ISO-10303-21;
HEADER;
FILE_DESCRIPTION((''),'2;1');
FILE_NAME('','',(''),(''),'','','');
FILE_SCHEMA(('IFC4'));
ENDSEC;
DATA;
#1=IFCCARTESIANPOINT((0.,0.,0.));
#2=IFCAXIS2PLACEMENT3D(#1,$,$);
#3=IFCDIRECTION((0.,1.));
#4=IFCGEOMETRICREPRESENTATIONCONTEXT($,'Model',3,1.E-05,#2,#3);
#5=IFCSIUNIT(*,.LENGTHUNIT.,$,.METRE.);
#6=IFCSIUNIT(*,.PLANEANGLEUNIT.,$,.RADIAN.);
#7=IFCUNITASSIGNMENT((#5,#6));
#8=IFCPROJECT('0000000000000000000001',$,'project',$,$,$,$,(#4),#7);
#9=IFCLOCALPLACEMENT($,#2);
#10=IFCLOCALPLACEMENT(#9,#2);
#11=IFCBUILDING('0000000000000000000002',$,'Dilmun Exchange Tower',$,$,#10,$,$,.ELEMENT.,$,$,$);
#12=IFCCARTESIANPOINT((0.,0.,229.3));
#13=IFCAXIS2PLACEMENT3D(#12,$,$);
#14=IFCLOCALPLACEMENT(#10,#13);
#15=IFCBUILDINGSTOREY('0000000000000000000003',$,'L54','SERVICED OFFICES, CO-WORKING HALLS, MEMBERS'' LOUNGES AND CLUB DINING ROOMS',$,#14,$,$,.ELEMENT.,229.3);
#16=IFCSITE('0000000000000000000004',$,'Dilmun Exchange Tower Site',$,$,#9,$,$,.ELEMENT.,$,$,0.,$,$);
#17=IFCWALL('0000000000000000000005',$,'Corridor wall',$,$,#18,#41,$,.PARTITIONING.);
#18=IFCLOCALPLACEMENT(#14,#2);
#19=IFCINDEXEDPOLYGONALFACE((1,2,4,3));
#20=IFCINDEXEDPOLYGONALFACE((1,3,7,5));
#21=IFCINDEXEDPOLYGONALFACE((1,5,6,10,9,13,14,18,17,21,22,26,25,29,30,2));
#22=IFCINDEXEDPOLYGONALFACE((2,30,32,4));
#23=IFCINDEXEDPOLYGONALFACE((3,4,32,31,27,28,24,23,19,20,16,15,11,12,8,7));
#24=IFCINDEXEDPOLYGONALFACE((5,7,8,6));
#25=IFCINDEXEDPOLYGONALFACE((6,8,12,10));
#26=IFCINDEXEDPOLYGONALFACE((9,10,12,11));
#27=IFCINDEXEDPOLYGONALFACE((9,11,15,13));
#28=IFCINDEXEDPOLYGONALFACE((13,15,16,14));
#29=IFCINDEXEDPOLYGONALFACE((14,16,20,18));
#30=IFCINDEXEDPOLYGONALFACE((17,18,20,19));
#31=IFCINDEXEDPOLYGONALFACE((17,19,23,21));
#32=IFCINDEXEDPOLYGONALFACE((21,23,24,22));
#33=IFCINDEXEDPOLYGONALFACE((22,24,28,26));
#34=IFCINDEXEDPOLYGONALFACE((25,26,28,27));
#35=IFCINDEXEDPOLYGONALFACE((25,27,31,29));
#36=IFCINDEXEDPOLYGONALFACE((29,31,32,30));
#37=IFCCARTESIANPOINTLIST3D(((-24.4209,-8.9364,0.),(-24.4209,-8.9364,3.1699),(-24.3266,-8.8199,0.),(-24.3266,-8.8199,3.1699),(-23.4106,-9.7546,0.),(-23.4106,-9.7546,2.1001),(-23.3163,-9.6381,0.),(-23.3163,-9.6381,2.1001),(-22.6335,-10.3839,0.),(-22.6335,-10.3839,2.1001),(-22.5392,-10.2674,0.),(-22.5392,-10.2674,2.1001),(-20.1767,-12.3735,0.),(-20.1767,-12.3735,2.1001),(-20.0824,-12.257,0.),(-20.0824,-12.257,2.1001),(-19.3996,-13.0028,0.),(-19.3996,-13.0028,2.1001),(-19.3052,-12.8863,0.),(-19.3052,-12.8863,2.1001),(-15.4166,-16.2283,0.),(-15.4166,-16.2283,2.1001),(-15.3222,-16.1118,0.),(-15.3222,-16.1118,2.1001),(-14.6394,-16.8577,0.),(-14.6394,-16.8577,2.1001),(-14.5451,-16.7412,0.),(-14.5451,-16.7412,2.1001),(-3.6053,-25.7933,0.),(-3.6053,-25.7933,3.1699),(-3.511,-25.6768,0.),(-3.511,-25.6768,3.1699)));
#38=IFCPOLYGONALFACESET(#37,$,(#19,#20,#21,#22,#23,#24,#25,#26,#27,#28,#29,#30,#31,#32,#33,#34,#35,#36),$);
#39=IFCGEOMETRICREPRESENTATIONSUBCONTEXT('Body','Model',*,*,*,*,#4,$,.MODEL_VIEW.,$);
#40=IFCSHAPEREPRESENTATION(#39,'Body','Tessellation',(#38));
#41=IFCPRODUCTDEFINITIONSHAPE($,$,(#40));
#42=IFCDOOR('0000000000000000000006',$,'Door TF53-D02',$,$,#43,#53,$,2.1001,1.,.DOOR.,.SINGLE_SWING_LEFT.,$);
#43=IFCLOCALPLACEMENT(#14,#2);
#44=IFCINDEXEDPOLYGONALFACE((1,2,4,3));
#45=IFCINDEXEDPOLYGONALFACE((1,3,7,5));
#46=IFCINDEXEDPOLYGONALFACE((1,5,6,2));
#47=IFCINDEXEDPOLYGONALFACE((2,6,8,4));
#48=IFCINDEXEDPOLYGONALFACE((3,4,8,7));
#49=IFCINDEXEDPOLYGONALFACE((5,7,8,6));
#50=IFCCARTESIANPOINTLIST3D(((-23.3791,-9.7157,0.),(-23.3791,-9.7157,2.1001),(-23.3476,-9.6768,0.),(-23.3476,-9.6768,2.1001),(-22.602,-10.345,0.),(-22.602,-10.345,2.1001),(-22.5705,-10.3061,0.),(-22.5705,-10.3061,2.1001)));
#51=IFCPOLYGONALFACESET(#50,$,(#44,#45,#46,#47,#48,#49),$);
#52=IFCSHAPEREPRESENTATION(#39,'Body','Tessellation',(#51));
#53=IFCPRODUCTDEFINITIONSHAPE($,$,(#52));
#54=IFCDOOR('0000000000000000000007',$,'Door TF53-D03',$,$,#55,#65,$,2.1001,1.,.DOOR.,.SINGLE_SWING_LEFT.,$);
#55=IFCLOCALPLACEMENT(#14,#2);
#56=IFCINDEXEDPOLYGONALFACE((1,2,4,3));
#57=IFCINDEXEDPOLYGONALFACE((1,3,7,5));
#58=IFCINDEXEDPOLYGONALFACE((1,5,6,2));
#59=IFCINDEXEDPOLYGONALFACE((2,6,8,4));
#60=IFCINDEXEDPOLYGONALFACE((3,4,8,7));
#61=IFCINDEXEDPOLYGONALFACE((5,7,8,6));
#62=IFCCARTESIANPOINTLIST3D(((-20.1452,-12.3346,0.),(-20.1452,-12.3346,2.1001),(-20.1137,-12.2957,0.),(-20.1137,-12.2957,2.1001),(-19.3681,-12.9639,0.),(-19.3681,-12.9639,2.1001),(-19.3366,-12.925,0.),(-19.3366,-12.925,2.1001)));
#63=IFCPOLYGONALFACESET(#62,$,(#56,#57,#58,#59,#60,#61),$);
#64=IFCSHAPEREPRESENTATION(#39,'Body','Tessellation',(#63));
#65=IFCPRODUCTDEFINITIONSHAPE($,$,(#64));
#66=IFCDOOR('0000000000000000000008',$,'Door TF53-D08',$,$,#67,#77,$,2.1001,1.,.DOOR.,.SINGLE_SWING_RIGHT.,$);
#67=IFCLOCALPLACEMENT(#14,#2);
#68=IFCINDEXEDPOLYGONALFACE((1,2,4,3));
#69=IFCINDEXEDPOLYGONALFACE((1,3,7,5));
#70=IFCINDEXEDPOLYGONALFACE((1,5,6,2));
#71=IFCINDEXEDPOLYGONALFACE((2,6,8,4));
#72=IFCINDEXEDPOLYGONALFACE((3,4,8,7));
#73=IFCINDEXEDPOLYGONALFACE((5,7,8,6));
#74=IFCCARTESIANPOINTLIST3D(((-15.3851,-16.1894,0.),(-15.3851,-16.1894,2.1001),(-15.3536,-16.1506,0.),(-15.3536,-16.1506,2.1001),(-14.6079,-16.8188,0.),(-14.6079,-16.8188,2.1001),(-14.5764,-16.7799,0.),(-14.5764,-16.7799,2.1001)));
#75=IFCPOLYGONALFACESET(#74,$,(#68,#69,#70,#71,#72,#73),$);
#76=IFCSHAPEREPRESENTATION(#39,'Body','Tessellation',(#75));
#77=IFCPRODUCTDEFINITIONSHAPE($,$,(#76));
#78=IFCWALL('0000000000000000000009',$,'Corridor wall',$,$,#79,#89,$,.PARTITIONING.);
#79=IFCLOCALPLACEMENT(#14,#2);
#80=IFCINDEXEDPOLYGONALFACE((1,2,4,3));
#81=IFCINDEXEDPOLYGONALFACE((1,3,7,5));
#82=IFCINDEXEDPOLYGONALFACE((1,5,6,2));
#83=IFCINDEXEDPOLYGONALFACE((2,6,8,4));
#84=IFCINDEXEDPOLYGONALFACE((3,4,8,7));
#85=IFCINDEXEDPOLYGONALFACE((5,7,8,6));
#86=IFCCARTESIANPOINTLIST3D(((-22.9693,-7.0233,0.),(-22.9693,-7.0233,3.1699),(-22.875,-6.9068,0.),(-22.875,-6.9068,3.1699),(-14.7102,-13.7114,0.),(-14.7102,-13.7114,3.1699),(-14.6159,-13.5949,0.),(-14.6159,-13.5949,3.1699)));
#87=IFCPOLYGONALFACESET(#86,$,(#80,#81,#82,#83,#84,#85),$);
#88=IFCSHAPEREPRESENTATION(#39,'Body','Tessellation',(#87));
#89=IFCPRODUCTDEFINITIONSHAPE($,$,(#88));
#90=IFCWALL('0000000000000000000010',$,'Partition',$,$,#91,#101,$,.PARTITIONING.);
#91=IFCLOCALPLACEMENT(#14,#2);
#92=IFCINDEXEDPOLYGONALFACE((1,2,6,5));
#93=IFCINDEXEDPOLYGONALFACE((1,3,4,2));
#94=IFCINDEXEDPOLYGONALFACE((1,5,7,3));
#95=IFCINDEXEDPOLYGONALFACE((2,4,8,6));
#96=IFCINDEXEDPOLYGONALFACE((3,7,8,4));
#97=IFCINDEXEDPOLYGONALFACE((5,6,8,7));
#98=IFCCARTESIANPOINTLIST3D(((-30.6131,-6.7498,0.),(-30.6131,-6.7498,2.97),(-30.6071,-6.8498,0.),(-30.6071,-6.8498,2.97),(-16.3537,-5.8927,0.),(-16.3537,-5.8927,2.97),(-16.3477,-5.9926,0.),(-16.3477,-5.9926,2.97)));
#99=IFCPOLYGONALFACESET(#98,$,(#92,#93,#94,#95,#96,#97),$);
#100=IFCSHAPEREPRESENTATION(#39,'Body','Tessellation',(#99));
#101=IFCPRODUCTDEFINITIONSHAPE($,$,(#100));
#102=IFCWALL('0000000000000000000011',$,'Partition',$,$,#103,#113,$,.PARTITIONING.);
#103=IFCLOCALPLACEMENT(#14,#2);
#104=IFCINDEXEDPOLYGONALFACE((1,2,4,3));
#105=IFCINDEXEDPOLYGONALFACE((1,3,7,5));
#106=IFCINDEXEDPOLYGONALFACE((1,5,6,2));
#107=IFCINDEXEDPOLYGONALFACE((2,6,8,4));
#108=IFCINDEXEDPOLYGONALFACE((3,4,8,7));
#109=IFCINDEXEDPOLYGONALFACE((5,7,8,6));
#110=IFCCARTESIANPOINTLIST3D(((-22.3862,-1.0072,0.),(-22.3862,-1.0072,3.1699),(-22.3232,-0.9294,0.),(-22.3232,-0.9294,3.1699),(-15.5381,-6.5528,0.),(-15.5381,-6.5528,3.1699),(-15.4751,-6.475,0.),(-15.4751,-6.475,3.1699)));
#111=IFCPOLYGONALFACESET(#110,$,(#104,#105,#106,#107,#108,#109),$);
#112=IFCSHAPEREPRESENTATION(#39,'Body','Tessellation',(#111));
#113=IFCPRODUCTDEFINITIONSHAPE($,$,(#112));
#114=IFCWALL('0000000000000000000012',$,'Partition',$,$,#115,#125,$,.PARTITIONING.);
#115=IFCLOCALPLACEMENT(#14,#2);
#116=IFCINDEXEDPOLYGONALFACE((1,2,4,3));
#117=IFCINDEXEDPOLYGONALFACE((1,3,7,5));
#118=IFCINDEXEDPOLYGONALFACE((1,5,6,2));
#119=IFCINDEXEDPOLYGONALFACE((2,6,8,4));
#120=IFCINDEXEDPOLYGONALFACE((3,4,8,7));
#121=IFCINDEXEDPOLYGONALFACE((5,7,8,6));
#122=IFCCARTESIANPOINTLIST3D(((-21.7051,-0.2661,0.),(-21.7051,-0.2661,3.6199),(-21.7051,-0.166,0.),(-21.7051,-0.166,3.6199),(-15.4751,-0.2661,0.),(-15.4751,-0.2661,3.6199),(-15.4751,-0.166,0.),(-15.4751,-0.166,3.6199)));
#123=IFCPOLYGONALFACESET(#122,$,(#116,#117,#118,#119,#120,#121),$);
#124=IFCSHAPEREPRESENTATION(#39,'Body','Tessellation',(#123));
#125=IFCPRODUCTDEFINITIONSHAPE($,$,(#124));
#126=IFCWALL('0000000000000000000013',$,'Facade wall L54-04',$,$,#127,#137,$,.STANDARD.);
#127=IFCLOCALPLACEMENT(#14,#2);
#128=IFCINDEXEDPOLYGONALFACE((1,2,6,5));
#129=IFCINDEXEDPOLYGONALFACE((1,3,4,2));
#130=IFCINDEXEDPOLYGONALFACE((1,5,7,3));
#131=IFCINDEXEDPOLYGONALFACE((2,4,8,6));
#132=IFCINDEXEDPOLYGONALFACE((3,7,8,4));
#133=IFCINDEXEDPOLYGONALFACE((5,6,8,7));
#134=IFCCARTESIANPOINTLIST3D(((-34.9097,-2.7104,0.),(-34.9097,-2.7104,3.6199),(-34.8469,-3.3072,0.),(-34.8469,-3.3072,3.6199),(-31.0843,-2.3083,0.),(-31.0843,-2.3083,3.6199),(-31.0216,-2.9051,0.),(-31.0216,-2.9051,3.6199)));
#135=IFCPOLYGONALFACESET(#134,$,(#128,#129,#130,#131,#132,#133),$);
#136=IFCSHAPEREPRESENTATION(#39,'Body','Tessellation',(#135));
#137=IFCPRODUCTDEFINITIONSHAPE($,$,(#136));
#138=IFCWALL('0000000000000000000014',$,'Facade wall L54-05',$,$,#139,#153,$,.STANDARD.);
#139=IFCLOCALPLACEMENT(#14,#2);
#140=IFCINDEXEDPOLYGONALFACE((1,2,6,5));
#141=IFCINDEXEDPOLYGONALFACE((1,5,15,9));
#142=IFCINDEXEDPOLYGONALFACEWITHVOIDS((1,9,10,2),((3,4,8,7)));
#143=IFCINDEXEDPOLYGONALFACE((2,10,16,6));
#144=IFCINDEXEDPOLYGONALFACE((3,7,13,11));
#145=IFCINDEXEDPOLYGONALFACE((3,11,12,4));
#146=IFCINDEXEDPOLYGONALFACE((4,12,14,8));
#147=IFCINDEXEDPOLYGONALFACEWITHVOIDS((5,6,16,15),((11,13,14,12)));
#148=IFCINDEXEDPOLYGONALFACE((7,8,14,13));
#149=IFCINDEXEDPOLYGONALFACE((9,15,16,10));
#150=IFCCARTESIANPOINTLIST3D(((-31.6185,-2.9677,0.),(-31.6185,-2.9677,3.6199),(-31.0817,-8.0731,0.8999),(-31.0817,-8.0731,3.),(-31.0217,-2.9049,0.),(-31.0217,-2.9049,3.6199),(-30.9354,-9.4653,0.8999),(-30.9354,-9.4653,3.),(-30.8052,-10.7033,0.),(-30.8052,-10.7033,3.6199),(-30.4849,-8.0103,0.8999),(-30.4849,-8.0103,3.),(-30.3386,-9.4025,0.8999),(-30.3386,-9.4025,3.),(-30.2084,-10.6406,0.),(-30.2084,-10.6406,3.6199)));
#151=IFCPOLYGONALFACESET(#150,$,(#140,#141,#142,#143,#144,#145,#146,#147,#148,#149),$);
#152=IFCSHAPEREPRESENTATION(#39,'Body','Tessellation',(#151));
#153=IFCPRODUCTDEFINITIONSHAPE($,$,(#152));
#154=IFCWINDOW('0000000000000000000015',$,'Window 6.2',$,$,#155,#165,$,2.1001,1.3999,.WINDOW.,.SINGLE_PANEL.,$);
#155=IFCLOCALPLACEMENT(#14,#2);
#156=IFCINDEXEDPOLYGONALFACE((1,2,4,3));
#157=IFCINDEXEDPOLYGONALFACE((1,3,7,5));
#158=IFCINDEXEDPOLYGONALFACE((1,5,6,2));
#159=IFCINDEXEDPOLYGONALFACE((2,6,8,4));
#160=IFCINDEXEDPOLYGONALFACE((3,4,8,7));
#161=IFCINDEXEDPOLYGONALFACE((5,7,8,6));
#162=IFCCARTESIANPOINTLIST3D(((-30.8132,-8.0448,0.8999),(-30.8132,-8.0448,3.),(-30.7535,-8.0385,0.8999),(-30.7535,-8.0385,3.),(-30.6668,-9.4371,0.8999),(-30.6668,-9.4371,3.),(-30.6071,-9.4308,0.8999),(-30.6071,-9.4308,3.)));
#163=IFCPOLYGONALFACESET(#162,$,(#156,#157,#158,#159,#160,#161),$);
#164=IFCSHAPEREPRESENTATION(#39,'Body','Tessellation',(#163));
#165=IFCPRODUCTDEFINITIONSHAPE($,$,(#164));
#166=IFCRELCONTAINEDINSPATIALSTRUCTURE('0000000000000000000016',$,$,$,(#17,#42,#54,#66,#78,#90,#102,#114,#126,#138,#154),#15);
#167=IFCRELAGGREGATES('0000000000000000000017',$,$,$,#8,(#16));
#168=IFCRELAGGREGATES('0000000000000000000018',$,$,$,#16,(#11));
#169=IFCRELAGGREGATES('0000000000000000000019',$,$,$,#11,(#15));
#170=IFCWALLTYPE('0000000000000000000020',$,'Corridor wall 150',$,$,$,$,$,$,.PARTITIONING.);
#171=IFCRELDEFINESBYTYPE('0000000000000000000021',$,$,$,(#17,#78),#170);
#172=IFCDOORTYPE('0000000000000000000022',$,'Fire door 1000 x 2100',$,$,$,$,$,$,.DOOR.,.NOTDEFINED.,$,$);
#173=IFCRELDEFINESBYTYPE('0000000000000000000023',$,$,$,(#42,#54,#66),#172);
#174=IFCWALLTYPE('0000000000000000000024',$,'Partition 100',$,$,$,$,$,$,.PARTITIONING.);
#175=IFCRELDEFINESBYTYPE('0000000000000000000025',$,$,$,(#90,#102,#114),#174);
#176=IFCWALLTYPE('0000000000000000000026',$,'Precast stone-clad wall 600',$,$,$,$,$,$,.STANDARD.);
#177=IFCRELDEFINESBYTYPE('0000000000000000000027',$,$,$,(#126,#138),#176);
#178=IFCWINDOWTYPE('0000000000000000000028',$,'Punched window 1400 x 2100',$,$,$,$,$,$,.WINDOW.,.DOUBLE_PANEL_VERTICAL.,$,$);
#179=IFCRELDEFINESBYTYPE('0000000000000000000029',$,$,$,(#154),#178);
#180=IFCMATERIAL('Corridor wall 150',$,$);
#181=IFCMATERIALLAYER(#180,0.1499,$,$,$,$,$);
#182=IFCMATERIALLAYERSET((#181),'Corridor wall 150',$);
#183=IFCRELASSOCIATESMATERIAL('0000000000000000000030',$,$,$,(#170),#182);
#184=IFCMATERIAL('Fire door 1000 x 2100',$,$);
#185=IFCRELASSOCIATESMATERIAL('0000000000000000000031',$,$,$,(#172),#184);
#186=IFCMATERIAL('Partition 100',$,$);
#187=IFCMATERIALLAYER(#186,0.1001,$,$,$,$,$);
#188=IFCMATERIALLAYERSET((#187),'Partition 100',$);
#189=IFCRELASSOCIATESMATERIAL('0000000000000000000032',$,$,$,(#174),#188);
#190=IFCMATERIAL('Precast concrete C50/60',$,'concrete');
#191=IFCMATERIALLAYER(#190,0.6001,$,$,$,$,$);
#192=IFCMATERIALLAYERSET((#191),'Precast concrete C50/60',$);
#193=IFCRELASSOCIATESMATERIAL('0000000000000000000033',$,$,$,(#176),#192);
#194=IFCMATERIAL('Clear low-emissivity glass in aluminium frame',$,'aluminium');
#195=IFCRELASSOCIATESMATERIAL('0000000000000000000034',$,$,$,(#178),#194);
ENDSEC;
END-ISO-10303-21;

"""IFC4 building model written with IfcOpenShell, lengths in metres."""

from ifc_helpers import new_model, si_unit, direction, frame, frame_2d, origin, place, context, subcontext, project, spatial, rectangle, extrude, material, layer, layer_set, type_object, element, fill, save


model = new_model("IFC4")

# Units and contexts
model_context = context("Model", 3, precision=1e-05, world=origin(), true_north=direction((0.0, 1.0)))
body_context = subcontext(model_context, "Body", "Model", "MODEL_VIEW")
ifc_project = project(units=[si_unit("LENGTHUNIT", "METRE"), si_unit("PLANEANGLEUNIT", "RADIAN")], contexts=[model_context])

# Site, building, storey
site_placement = place(None, origin())
site = spatial("IfcSite", under=ifc_project, at=site_placement, Name="Dilmun Exchange Tower Site", CompositionType="ELEMENT", RefElevation=0.0)
building_placement = place(site_placement, origin())
building = spatial("IfcBuilding", under=site, at=building_placement, Name="Dilmun Exchange Tower", CompositionType="ELEMENT")
storey_placement = place(building_placement, frame((0.0, 0.0, 229.3)))
storey = spatial("IfcBuildingStorey", under=building, at=storey_placement, Name="L54", Description="SERVICED OFFICES, CO-WORKING HALLS, MEMBERS' LOUNGES AND CLUB DINING ROOMS", CompositionType="ELEMENT", Elevation=229.3)

# Shared definitions
ifc_material_1 = material(Name="Corridor wall 150")
ifc_layer_1 = layer(ifc_material_1, 0.1499)
ifc_layer_set_1 = layer_set([ifc_layer_1], Name="Corridor wall 150")
wall_type_1 = type_object("IfcWallType", Name="Corridor wall 150", PredefinedType="PARTITIONING", material=ifc_layer_set_1)
ifc_material_2 = material(Name="Fire door 1000 x 2100")
door_type_1 = type_object("IfcDoorType", Name="Fire door 1000 x 2100", OperationType="NOTDEFINED", PredefinedType="DOOR", material=ifc_material_2)

# Wall, openings, doors
wall_1_placement = place(storey_placement, frame((-24.3738, -8.8782, 0.0), z_axis=(0.0, 0.0, 1.0), x_axis=(0.777133, -0.629337, 0.0)))
wall_1 = element("IfcWall", 1, at=wall_1_placement, inside=storey, type_object=wall_type_1, Name="Corridor wall", PredefinedType="PARTITIONING", context=body_context, shape_type="SweptSolid", body=[
    extrude(rectangle(XDim=26.7852, YDim=0.1499, at=frame_2d((13.3926, 0.0))), origin(), (0.0, 0.0, 1.0), 3.1699),
])
opening_1_placement = place(wall_1_placement, frame((1.3, 0.0, 0.0)))
opening_1 = element("IfcOpeningElement", 2, at=opening_1_placement, cuts=wall_1, PredefinedType="OPENING", context=body_context, shape_type="SweptSolid", body=[
    extrude(rectangle(XDim=1.0, YDim=2.1001, at=frame_2d((0.5, 1.05))), frame((0.0, 0.085, 0.0), z_axis=(0.0, -1.0, 0.0), x_axis=(1.0, 0.0, 0.0)), (0.0, 0.0, 1.0), 0.1699),
])
opening_2_placement = place(wall_1_placement, frame((5.4614, 0.0, 0.0)))
opening_2 = element("IfcOpeningElement", 3, at=opening_2_placement, cuts=wall_1, PredefinedType="OPENING", context=body_context, shape_type="SweptSolid", body=[
    extrude(rectangle(XDim=1.0, YDim=2.1001, at=frame_2d((0.5, 1.05))), frame((0.0, 0.085, 0.0), z_axis=(0.0, -1.0, 0.0), x_axis=(1.0, 0.0, 0.0)), (0.0, 0.0, 1.0), 0.1699),
])
opening_3_placement = place(wall_1_placement, frame((11.5867, 0.0, 0.0)))
opening_3 = element("IfcOpeningElement", 4, at=opening_3_placement, cuts=wall_1, PredefinedType="OPENING", context=body_context, shape_type="SweptSolid", body=[
    extrude(rectangle(XDim=1.0, YDim=2.1001, at=frame_2d((0.5, 1.05))), frame((0.0, 0.085, 0.0), z_axis=(0.0, -1.0, 0.0), x_axis=(1.0, 0.0, 0.0)), (0.0, 0.0, 1.0), 0.1699),
])
door_1_placement = place(opening_1_placement, frame((1.0, 0.0, 0.0), z_axis=(0.0, 0.0, 1.0), x_axis=(-1.0, 0.0, 0.0)))
door_1 = element("IfcDoor", 5, at=door_1_placement, inside=storey, type_object=door_type_1, Name="Door TF53-D02", OperationType="SINGLE_SWING_LEFT", OverallHeight=2.1001, OverallWidth=1.0, PredefinedType="DOOR", context=body_context, shape_type="SweptSolid", body=[
    extrude(rectangle(XDim=1.0, YDim=2.1001, at=frame_2d((0.5, 1.05))), frame((0.0, 0.0249, 0.0), z_axis=(0.0, -1.0, 0.0), x_axis=(1.0, 0.0, 0.0)), (0.0, 0.0, 1.0), 0.05),
])
fill(opening_1, door_1)
door_2_placement = place(opening_2_placement, frame((1.0, 0.0, 0.0), z_axis=(0.0, 0.0, 1.0), x_axis=(-1.0, 0.0, 0.0)))
door_2 = element("IfcDoor", 6, at=door_2_placement, inside=storey, type_object=door_type_1, Name="Door TF53-D03", OperationType="SINGLE_SWING_LEFT", OverallHeight=2.1001, OverallWidth=1.0, PredefinedType="DOOR", context=body_context, shape_type="SweptSolid", body=[
    extrude(rectangle(XDim=1.0, YDim=2.1001, at=frame_2d((0.5, 1.05))), frame((0.0, 0.0249, 0.0), z_axis=(0.0, -1.0, 0.0), x_axis=(1.0, 0.0, 0.0)), (0.0, 0.0, 1.0), 0.05),
])
fill(opening_2, door_2)
door_3_placement = place(opening_3_placement, frame((1.0, 0.0, 0.0), z_axis=(0.0, 0.0, 1.0), x_axis=(-1.0, 0.0, 0.0)))
door_3 = element("IfcDoor", 7, at=door_3_placement, inside=storey, type_object=door_type_1, Name="Door TF53-D08", OperationType="SINGLE_SWING_RIGHT", OverallHeight=2.1001, OverallWidth=1.0, PredefinedType="DOOR", context=body_context, shape_type="SweptSolid", body=[
    extrude(rectangle(XDim=1.0, YDim=2.1001, at=frame_2d((0.5, 1.05))), frame((0.0, 0.0249, 0.0), z_axis=(0.0, -1.0, 0.0), x_axis=(1.0, 0.0, 0.0)), (0.0, 0.0, 1.0), 0.05),
])
fill(opening_3, door_3)

# Walls
wall_2_placement = place(storey_placement, frame((-22.9221, -6.9651, 0.0), z_axis=(0.0, 0.0, 1.0), x_axis=(0.777148, -0.629318, 0.0)))
element("IfcWall", 8, at=wall_2_placement, inside=storey, type_object=wall_type_1, Name="Corridor wall", PredefinedType="PARTITIONING", context=body_context, shape_type="SweptSolid", body=[
    extrude(rectangle(XDim=10.6274, YDim=0.1499, at=frame_2d((5.3137, 0.0))), origin(), (0.0, 0.0, 1.0), 3.1699),
])
ifc_material_3 = material(Name="Partition 100")
ifc_layer_2 = layer(ifc_material_3, 0.1001)
ifc_layer_set_2 = layer_set([ifc_layer_2], Name="Partition 100")
wall_type_2 = type_object("IfcWallType", Name="Partition 100", PredefinedType="PARTITIONING", material=ifc_layer_set_2)
wall_3_placement = place(storey_placement, frame((-30.6101, -6.7998, 0.0), z_axis=(0.0, 0.0, 1.0), x_axis=(0.998198, 0.060004, 0.0)))
element("IfcWall", 9, at=wall_3_placement, inside=storey, type_object=wall_type_2, Name="Partition", PredefinedType="PARTITIONING", context=body_context, shape_type="SweptSolid", body=[
    extrude(rectangle(XDim=14.2852, YDim=0.1001, at=frame_2d((7.1426, 0.0))), origin(), (0.0, 0.0, 1.0), 2.97),
])
wall_4_placement = place(storey_placement, frame((-22.3547, -0.9683, 0.0), z_axis=(0.0, 0.0, 1.0), x_axis=(0.777138, -0.62933, 0.0)))
element("IfcWall", 10, at=wall_4_placement, inside=storey, type_object=wall_type_2, Name="Partition", PredefinedType="PARTITIONING", context=body_context, shape_type="SweptSolid", body=[
    extrude(rectangle(XDim=8.812, YDim=0.1001, at=frame_2d((4.406, 0.0))), origin(), (0.0, 0.0, 1.0), 3.1699),
])
wall_5_placement = place(storey_placement, frame((-21.7051, -0.2161, 0.0), z_axis=(0.0, 0.0, 1.0), x_axis=(1.0, 0.0, 0.0)))
element("IfcWall", 11, at=wall_5_placement, inside=storey, type_object=wall_type_2, Name="Partition", PredefinedType="PARTITIONING", context=body_context, shape_type="SweptSolid", body=[
    extrude(rectangle(XDim=6.23, YDim=0.1001, at=frame_2d((3.115, 0.0))), origin(), (0.0, 0.0, 1.0), 3.6199),
])
ifc_material_4 = material(Name="Precast concrete C50/60", Category="concrete")
ifc_layer_3 = layer(ifc_material_4, 0.6001)
ifc_layer_set_3 = layer_set([ifc_layer_3], Name="Precast concrete C50/60")
wall_type_3 = type_object("IfcWallType", Name="Precast stone-clad wall 600", PredefinedType="STANDARD", material=ifc_layer_set_3)
wall_6_placement = place(storey_placement, frame((-34.8784, -3.0088, 0.0), z_axis=(0.0, 0.0, 1.0), x_axis=(0.994521, 0.104536, 0.0)))
element("IfcWall", 12, at=wall_6_placement, inside=storey, type_object=wall_type_3, Name="Facade wall L54-04", PredefinedType="STANDARD", context=body_context, shape_type="SweptSolid", body=[
    extrude(rectangle(XDim=3.8464, YDim=0.6001, at=frame_2d((1.9233, 0.0))), origin(), (0.0, 0.0, 1.0), 3.6199),
])

# Wall, opening, window
wall_7_placement = place(storey_placement, frame((-31.3201, -2.9363, 0.0), z_axis=(0.0, 0.0, 1.0), x_axis=(0.104552, -0.994519, 0.0)))
wall_7 = element("IfcWall", 13, at=wall_7_placement, inside=storey, type_object=wall_type_3, Name="Facade wall L54-05", PredefinedType="STANDARD", context=body_context, shape_type="SweptSolid", body=[
    extrude(rectangle(XDim=7.7783, YDim=0.6001, at=frame_2d((3.8892, 0.0))), origin(), (0.0, 0.0, 1.0), 3.6199),
])
opening_4_placement = place(wall_7_placement, frame((5.1335, 0.0, 0.8999)))
opening_4 = element("IfcOpeningElement", 14, at=opening_4_placement, cuts=wall_7, PredefinedType="OPENING", context=body_context, shape_type="SweptSolid", body=[
    extrude(rectangle(XDim=1.3999, YDim=2.1001, at=frame_2d((0.7, 1.05))), frame((0.0, 0.3101, 0.0), z_axis=(0.0, -1.0, 0.0), x_axis=(1.0, 0.0, 0.0)), (0.0, 0.0, 1.0), 0.6201),
])
ifc_material_5 = material(Name="Clear low-emissivity glass in aluminium frame", Category="aluminium")
window_type = type_object("IfcWindowType", Name="Punched window 1400 x 2100", PartitioningType="DOUBLE_PANEL_VERTICAL", PredefinedType="WINDOW", material=ifc_material_5)
window_placement = place(opening_4_placement, origin())
window = element("IfcWindow", 15, at=window_placement, inside=storey, type_object=window_type, Name="Window 6.2", OverallHeight=2.1001, OverallWidth=1.3999, PartitioningType="SINGLE_PANEL", PredefinedType="WINDOW", context=body_context, shape_type="SweptSolid", body=[
    extrude(rectangle(XDim=1.3999, YDim=2.1001, at=frame_2d((0.7, 1.05))), frame((0.0, 0.03, 0.0), z_axis=(0.0, -1.0, 0.0), x_axis=(1.0, 0.0, 0.0)), (0.0, 0.0, 1.0), 0.0601),
])
fill(opening_4, window)

save(model, "model.ifc")
